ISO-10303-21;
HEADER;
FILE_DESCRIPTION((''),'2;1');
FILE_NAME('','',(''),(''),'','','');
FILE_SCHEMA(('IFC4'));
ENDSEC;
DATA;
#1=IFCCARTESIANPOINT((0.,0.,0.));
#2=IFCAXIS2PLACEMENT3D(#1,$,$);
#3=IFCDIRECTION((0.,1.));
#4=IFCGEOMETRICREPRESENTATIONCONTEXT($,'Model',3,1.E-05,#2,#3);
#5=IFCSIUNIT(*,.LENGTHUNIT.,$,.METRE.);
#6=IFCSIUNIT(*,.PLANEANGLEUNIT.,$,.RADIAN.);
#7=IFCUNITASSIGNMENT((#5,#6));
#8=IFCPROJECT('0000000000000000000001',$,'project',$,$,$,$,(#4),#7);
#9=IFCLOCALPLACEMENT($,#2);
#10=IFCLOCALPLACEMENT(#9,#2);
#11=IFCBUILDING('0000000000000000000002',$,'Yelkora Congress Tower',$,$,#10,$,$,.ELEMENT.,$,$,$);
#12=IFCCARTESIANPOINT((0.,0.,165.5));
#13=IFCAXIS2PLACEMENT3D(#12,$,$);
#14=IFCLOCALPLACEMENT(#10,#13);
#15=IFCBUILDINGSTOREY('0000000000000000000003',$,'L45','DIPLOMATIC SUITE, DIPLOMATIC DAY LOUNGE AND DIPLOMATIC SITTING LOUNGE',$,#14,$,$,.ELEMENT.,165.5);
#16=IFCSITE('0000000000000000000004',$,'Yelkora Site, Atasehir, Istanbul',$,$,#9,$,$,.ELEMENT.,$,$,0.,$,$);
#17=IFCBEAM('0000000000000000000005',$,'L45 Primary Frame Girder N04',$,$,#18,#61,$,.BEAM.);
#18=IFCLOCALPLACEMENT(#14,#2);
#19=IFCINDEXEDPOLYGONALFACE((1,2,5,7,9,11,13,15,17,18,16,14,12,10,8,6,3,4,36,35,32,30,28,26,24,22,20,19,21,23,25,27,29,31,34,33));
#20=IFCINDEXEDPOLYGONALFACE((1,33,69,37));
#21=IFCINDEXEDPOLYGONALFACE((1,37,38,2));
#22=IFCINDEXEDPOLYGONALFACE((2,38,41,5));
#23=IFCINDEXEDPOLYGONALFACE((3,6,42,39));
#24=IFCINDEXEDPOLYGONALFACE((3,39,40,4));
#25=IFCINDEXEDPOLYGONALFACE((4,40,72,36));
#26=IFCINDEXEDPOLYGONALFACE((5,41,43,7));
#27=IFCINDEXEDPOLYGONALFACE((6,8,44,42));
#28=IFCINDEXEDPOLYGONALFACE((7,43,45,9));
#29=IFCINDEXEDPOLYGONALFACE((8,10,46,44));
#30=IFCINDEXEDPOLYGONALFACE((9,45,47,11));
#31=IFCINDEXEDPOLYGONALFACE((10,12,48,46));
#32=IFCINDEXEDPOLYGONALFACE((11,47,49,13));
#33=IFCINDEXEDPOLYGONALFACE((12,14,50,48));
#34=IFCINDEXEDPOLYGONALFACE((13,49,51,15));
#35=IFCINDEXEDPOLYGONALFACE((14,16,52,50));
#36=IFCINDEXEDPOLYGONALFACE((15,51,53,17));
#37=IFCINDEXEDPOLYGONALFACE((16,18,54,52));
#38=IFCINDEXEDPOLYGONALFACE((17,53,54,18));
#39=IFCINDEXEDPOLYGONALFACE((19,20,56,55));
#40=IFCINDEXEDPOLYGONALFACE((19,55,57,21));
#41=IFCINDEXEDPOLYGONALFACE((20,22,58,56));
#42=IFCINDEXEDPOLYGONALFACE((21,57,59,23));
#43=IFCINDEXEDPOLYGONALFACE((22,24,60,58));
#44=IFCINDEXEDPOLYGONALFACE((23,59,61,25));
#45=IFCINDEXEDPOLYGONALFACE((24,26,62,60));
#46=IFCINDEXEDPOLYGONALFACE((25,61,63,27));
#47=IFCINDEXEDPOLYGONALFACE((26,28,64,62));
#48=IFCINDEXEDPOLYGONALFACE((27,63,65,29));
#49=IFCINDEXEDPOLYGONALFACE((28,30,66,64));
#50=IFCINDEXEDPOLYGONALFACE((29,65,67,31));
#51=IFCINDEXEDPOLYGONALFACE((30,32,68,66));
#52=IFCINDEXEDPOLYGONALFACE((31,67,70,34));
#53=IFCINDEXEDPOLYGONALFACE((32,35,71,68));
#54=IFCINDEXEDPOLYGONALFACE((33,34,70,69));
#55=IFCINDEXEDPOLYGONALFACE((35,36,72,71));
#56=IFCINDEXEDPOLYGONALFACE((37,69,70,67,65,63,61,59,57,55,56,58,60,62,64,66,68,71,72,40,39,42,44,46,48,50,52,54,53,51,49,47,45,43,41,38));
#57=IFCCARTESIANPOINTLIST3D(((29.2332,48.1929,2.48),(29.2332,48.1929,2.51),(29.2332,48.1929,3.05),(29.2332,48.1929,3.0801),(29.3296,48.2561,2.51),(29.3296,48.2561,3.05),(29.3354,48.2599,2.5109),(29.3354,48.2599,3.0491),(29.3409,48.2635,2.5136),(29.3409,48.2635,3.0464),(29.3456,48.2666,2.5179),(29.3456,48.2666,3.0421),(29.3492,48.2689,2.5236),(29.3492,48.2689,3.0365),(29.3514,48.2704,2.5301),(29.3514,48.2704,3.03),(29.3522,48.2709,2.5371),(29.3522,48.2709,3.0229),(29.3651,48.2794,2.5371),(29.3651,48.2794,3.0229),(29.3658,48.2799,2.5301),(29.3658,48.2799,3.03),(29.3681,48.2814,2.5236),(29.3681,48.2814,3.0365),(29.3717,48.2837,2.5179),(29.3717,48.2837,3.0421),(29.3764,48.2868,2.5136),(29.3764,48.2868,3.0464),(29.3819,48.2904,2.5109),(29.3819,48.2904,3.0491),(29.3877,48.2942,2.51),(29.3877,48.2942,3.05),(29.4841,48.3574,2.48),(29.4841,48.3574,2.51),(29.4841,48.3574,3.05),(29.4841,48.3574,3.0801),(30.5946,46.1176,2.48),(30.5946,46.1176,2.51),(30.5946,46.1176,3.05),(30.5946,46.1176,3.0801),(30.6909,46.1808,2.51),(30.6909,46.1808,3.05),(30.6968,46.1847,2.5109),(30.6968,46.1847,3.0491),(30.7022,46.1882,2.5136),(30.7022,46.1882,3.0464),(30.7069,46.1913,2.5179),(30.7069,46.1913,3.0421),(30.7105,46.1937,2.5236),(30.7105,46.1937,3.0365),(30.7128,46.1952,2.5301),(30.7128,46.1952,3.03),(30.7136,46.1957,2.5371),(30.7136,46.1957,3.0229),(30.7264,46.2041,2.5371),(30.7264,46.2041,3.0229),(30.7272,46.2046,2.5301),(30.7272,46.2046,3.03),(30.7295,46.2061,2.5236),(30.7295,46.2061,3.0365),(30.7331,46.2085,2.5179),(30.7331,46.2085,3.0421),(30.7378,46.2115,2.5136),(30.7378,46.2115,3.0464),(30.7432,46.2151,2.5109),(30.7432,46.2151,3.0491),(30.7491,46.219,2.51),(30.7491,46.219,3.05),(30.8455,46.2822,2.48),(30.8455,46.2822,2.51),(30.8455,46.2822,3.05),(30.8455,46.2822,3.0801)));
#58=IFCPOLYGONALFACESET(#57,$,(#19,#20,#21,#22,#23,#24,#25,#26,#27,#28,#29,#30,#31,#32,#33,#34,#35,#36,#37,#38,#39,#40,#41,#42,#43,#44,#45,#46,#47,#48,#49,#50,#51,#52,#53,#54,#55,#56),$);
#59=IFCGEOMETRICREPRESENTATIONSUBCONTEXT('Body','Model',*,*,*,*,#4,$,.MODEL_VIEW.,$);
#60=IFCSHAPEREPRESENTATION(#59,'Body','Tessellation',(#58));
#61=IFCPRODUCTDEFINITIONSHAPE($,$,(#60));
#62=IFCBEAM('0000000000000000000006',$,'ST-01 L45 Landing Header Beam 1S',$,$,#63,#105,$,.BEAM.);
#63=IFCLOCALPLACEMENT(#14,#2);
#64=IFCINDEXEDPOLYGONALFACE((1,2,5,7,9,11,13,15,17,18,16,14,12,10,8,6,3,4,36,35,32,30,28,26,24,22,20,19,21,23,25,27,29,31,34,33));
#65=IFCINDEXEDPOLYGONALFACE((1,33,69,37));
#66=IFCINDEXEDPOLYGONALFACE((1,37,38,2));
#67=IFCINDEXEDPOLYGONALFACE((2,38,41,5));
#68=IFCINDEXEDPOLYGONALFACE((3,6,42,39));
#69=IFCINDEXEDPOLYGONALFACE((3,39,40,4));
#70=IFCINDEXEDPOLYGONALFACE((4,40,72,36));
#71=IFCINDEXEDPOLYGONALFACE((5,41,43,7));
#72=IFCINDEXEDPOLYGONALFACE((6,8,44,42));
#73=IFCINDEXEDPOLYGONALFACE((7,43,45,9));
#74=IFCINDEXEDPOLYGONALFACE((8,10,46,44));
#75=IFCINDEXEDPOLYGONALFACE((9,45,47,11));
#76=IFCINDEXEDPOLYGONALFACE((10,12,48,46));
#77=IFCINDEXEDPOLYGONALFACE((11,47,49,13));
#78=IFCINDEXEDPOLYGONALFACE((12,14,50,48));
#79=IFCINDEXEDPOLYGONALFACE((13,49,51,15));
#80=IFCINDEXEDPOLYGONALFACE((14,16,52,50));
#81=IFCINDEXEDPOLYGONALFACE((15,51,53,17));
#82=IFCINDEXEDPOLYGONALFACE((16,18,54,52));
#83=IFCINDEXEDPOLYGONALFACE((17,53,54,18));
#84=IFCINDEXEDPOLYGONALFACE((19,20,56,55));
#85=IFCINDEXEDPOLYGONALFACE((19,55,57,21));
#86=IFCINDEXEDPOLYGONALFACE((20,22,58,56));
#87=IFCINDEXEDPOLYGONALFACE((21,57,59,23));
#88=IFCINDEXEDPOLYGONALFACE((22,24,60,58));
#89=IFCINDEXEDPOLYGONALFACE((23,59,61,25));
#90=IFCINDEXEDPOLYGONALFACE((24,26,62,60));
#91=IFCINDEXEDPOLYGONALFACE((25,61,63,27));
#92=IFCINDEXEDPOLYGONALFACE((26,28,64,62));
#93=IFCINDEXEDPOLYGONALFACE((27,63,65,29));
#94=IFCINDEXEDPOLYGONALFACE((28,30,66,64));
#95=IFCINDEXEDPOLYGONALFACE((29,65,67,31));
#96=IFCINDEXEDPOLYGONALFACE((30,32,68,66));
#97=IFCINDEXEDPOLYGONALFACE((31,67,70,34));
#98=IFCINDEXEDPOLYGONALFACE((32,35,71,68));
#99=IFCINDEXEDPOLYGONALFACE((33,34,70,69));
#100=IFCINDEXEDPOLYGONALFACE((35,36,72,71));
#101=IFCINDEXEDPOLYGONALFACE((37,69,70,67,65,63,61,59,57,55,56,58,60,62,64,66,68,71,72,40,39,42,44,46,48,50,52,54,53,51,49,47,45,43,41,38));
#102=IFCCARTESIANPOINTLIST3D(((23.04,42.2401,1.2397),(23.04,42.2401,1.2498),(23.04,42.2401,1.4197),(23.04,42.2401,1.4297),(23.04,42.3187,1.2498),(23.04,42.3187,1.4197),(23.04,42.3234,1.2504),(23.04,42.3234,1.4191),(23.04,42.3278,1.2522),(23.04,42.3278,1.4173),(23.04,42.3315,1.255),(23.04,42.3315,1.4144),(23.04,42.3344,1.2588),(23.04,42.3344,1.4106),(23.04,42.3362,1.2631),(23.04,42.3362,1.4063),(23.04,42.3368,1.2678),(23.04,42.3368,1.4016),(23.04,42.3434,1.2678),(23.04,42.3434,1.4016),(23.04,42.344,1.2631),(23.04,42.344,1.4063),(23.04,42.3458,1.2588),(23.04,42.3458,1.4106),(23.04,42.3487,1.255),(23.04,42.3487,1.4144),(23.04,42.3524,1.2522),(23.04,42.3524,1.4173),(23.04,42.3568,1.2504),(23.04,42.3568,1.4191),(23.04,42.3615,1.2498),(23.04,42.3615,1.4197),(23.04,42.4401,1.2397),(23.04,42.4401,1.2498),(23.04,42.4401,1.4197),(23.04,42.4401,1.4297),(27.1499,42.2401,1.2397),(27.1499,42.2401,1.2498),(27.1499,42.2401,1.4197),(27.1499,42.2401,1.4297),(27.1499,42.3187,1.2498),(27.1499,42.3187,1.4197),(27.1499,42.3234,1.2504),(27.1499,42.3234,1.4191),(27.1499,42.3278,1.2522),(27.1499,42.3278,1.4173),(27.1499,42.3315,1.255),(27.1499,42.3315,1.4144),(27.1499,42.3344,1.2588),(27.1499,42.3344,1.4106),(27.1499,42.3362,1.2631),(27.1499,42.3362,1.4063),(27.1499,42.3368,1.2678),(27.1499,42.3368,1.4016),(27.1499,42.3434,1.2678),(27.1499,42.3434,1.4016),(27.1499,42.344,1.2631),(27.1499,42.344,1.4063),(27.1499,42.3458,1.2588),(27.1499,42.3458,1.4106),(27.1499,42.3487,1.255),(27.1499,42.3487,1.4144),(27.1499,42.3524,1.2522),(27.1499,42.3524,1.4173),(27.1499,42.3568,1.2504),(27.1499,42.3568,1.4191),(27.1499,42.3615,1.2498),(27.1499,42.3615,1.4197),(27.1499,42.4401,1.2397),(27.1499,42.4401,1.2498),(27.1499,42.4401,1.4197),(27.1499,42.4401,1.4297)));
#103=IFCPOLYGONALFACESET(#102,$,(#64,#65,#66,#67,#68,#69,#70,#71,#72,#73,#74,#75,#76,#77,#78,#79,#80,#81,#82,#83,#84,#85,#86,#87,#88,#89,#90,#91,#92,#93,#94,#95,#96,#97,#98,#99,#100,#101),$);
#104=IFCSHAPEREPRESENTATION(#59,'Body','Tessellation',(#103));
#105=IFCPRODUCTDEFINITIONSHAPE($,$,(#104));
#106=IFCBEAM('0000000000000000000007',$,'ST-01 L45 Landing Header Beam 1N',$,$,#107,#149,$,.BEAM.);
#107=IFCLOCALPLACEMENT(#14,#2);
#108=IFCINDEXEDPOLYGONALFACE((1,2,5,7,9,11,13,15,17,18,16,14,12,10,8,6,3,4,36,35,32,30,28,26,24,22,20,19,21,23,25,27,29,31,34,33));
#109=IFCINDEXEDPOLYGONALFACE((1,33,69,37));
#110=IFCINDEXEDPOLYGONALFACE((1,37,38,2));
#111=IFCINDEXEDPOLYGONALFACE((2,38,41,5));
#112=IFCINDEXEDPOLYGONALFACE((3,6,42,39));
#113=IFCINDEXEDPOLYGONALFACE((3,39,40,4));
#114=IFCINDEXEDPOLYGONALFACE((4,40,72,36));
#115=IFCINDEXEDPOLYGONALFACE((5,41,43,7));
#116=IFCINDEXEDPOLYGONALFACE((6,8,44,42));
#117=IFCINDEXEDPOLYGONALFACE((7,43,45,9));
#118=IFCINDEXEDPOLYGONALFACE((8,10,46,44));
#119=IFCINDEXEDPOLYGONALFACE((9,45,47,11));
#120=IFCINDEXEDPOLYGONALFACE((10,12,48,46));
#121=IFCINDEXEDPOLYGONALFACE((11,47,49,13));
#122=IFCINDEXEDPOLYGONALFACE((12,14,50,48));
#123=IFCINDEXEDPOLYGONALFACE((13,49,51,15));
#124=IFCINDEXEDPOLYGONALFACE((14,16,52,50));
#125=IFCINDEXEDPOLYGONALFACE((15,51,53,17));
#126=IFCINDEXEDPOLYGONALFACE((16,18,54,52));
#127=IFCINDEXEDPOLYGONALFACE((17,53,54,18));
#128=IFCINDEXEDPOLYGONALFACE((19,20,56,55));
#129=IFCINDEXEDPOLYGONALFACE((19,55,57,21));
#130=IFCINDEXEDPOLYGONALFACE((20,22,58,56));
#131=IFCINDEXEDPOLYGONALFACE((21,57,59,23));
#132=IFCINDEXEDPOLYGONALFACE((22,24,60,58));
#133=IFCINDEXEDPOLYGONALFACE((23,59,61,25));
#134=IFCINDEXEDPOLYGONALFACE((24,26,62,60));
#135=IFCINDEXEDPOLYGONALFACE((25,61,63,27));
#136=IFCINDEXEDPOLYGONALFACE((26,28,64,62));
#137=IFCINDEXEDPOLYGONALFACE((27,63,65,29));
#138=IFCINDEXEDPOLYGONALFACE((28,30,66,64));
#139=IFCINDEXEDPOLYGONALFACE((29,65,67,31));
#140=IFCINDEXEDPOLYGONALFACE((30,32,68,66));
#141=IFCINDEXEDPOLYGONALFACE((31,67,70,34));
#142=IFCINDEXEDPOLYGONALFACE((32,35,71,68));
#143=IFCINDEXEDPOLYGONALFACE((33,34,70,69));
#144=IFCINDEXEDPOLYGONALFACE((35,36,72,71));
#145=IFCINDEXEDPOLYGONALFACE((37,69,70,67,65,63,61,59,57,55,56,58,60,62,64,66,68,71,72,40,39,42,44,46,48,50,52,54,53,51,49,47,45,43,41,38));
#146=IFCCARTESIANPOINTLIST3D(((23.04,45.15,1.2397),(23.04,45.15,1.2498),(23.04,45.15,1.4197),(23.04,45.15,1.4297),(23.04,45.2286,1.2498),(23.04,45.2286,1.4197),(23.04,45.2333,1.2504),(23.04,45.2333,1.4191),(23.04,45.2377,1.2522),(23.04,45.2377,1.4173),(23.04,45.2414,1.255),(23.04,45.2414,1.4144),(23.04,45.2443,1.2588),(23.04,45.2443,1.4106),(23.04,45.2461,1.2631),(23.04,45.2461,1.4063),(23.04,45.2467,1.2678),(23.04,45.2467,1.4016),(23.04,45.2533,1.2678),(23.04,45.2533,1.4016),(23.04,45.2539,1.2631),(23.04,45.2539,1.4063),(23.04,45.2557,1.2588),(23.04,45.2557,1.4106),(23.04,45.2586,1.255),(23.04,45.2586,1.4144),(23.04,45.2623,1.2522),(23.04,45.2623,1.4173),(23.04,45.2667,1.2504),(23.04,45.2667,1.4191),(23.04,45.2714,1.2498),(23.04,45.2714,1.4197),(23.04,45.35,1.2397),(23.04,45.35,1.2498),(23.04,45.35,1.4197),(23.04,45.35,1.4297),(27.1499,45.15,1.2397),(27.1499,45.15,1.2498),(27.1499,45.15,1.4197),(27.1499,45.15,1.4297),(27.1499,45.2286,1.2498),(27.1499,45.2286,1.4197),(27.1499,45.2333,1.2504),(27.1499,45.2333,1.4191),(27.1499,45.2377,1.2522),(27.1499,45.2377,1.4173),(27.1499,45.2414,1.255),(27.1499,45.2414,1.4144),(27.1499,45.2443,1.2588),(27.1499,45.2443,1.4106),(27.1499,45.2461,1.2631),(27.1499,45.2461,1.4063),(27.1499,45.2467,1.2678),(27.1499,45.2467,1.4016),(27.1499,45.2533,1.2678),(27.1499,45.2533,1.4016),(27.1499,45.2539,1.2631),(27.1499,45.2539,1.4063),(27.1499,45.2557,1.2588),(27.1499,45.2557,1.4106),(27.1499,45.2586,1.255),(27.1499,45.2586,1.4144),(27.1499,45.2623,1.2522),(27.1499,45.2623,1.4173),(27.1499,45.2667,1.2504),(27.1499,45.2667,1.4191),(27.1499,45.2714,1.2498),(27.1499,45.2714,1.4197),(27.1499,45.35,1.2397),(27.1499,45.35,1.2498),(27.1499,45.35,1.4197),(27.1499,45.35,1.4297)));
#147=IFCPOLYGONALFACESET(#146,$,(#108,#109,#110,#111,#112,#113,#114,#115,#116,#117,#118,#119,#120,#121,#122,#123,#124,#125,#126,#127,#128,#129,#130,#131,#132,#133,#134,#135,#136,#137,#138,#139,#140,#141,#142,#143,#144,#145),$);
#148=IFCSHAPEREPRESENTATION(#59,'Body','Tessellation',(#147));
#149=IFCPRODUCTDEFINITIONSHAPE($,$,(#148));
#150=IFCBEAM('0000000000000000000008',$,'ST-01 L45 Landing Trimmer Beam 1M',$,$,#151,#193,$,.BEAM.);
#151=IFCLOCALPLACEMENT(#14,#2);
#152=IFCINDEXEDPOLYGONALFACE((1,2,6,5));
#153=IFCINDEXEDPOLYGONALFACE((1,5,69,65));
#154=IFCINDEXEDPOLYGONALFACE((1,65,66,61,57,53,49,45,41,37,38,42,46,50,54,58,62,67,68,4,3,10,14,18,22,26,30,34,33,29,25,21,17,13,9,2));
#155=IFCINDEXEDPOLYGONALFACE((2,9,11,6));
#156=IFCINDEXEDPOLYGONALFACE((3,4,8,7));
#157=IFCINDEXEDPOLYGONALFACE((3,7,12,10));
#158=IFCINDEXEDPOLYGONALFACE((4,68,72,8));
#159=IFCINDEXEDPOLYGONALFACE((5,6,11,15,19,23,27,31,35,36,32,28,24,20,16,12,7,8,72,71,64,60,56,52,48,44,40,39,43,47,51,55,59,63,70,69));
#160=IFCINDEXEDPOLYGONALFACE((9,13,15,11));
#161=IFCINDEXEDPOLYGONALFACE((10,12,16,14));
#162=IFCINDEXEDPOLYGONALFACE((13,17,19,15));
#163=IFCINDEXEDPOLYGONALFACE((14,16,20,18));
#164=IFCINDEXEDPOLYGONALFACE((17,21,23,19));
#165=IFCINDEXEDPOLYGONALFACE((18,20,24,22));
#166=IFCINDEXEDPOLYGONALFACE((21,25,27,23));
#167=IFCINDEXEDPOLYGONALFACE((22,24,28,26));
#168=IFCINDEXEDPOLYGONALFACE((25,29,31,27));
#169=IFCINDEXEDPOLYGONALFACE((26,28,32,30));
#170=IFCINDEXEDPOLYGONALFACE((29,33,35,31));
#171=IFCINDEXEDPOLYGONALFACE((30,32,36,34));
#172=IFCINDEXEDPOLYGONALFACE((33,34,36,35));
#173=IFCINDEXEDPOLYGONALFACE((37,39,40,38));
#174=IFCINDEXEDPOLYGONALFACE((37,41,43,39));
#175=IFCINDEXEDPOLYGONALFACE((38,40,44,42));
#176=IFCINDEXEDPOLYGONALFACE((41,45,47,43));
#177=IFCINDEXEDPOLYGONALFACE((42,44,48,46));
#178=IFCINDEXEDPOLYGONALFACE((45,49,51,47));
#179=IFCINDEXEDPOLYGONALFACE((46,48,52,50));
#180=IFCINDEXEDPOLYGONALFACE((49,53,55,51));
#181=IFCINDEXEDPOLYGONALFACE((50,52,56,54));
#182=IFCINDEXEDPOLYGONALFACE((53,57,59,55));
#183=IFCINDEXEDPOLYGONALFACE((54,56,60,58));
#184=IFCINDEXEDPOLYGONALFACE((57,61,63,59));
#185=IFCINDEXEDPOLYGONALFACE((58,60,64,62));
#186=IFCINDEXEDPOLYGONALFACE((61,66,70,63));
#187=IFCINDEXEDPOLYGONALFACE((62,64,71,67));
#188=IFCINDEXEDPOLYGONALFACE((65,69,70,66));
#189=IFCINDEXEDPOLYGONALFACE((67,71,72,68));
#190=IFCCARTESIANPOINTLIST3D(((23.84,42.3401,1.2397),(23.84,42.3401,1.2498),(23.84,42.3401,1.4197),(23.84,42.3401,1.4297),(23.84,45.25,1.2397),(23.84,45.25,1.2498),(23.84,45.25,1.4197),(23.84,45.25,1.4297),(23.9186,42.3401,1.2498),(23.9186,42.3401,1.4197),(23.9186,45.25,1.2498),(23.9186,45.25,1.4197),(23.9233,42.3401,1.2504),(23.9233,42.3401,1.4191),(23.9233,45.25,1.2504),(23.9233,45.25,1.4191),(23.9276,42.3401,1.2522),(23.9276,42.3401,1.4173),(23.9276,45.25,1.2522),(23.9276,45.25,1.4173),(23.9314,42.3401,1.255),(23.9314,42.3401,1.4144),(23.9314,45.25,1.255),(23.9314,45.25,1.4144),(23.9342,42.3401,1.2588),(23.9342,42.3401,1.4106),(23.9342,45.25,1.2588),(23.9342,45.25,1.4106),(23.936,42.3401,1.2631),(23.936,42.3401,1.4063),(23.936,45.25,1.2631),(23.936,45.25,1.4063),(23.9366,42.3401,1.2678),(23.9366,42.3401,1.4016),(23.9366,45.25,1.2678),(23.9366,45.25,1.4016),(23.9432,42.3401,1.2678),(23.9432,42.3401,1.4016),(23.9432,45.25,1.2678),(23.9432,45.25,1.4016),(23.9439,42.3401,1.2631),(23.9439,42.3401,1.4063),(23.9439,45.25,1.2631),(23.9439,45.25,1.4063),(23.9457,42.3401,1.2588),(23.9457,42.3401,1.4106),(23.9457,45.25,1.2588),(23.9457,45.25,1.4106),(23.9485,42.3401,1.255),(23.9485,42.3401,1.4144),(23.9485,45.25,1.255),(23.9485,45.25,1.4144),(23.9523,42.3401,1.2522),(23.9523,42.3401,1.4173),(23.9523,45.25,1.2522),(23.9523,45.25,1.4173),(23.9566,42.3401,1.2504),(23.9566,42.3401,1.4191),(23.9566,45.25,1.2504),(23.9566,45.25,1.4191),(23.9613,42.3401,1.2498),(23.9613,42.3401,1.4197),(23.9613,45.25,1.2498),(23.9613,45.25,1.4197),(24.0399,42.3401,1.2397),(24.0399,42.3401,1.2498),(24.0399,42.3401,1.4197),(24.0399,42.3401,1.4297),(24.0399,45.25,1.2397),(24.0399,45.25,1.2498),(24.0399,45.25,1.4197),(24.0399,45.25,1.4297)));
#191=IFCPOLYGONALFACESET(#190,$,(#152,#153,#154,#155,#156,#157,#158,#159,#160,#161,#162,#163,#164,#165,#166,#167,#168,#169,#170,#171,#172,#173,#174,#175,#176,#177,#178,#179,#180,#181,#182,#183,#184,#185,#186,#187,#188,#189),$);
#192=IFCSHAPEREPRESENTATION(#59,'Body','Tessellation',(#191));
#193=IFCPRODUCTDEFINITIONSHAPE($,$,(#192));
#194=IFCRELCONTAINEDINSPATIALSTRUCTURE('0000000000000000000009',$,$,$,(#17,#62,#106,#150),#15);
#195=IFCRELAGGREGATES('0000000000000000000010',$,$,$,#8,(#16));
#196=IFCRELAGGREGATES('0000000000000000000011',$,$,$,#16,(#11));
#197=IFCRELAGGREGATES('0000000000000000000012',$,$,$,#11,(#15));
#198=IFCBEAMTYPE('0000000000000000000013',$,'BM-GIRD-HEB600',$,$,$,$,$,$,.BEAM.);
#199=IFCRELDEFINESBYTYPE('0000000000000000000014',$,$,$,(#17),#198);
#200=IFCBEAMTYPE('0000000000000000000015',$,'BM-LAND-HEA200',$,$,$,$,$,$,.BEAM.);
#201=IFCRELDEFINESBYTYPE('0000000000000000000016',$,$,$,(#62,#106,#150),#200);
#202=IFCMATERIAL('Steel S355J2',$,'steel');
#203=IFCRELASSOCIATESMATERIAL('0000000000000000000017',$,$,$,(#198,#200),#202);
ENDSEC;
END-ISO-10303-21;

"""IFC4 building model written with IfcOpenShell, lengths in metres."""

from ifc_helpers import new_model, si_unit, direction, frame, origin, origin_2d, place, context, subcontext, project, spatial, i_section, extrude, material, material_profile, profile_set, type_object, element, save


model = new_model("IFC4")

# Units and contexts
model_context = context("Model", 3, precision=1e-05, world=origin(), true_north=direction((0.0, 1.0)))
body_context = subcontext(model_context, "Body", "Model", "MODEL_VIEW")
ifc_project = project(units=[si_unit("LENGTHUNIT", "METRE"), si_unit("PLANEANGLEUNIT", "RADIAN")], contexts=[model_context])

# Site, building, storey
site_placement = place(None, origin())
site = spatial("IfcSite", under=ifc_project, at=site_placement, Name="Yelkora Site, Atasehir, Istanbul", CompositionType="ELEMENT", RefElevation=0.0)
building_placement = place(site_placement, origin())
building = spatial("IfcBuilding", under=site, at=building_placement, Name="Yelkora Congress Tower", CompositionType="ELEMENT")
storey_placement = place(building_placement, frame((0.0, 0.0, 165.5)))
storey = spatial("IfcBuildingStorey", under=building, at=storey_placement, Name="L45", Description="DIPLOMATIC SUITE, DIPLOMATIC DAY LOUNGE AND DIPLOMATIC SITTING LOUNGE", CompositionType="ELEMENT", Elevation=165.5)

# Beams
ifc_material_1 = material(Name="Steel S355J2", Category="steel")
ifc_material_profile_1 = material_profile(ifc_material_1, i_section(OverallWidth=0.3, OverallDepth=0.6001, WebThickness=0.0154, FlangeThickness=0.03, FilletRadius=0.0271, at=origin_2d()), Name="HEB 600")
ifc_profile_set_1 = profile_set([ifc_material_profile_1], Name="Steel S355J2")
beam_type_1 = type_object("IfcBeamType", Name="BM-GIRD-HEB600", PredefinedType="BEAM", material=ifc_profile_set_1)
beam_1_placement = place(storey_placement, frame((29.3586, 48.2751, 2.78), z_axis=(0.54851, -0.836144, 0.0), x_axis=(0.836144, 0.54851, 0.0)))
element("IfcBeam", 1, at=beam_1_placement, inside=storey, type_object=beam_type_1, Name="L45 Primary Frame Girder N04", PredefinedType="BEAM", context=body_context, shape_type="SweptSolid", body=[
    extrude(i_section(OverallWidth=0.3, OverallDepth=0.6001, WebThickness=0.0154, FlangeThickness=0.03, FilletRadius=0.0271, at=origin_2d()), origin(), (0.0, 0.0, 1.0), 2.4819),
])
ifc_material_profile_2 = material_profile(ifc_material_1, i_section(OverallWidth=0.2, OverallDepth=0.1899, WebThickness=0.0066, FlangeThickness=0.01, FilletRadius=0.0181, at=origin_2d()), Name="HEA 200")
ifc_profile_set_2 = profile_set([ifc_material_profile_2], Name="Steel S355J2")
beam_type_2 = type_object("IfcBeamType", Name="BM-LAND-HEA200", PredefinedType="BEAM", material=ifc_profile_set_2)
for number, where, z_axis, x_axis, name in (
    (2, (23.04, 42.3401, 1.3347), (1.0, 0.0, 0.0), (0.0, 1.0, 0.0), "ST-01 L45 Landing Header Beam 1S"),
    (3, (23.04, 45.25, 1.3347), (1.0, 0.0, 0.0), (0.0, 1.0, 0.0), "ST-01 L45 Landing Header Beam 1N"),
):
    element("IfcBeam", number, at=place(storey_placement, frame(where, z_axis=z_axis, x_axis=x_axis)), inside=storey, type_object=beam_type_2, Name=name, PredefinedType="BEAM", context=body_context, shape_type="SweptSolid", body=[
        extrude(i_section(OverallWidth=0.2, OverallDepth=0.1899, WebThickness=0.0066, FlangeThickness=0.01, FilletRadius=0.0181, at=origin_2d()), origin(), (0.0, 0.0, 1.0), 4.1099),
    ])
beam_2_placement = place(storey_placement, frame((23.9399, 42.3401, 1.3347), z_axis=(0.0, 1.0, 0.0), x_axis=(-1.0, 0.0, 0.0)))
element("IfcBeam", 4, at=beam_2_placement, inside=storey, type_object=beam_type_2, Name="ST-01 L45 Landing Trimmer Beam 1M", PredefinedType="BEAM", context=body_context, shape_type="SweptSolid", body=[
    extrude(i_section(OverallWidth=0.2, OverallDepth=0.1899, WebThickness=0.0066, FlangeThickness=0.01, FilletRadius=0.0181, at=origin_2d()), origin(), (0.0, 0.0, 1.0), 2.9099),
])

save(model, "model.ifc")
